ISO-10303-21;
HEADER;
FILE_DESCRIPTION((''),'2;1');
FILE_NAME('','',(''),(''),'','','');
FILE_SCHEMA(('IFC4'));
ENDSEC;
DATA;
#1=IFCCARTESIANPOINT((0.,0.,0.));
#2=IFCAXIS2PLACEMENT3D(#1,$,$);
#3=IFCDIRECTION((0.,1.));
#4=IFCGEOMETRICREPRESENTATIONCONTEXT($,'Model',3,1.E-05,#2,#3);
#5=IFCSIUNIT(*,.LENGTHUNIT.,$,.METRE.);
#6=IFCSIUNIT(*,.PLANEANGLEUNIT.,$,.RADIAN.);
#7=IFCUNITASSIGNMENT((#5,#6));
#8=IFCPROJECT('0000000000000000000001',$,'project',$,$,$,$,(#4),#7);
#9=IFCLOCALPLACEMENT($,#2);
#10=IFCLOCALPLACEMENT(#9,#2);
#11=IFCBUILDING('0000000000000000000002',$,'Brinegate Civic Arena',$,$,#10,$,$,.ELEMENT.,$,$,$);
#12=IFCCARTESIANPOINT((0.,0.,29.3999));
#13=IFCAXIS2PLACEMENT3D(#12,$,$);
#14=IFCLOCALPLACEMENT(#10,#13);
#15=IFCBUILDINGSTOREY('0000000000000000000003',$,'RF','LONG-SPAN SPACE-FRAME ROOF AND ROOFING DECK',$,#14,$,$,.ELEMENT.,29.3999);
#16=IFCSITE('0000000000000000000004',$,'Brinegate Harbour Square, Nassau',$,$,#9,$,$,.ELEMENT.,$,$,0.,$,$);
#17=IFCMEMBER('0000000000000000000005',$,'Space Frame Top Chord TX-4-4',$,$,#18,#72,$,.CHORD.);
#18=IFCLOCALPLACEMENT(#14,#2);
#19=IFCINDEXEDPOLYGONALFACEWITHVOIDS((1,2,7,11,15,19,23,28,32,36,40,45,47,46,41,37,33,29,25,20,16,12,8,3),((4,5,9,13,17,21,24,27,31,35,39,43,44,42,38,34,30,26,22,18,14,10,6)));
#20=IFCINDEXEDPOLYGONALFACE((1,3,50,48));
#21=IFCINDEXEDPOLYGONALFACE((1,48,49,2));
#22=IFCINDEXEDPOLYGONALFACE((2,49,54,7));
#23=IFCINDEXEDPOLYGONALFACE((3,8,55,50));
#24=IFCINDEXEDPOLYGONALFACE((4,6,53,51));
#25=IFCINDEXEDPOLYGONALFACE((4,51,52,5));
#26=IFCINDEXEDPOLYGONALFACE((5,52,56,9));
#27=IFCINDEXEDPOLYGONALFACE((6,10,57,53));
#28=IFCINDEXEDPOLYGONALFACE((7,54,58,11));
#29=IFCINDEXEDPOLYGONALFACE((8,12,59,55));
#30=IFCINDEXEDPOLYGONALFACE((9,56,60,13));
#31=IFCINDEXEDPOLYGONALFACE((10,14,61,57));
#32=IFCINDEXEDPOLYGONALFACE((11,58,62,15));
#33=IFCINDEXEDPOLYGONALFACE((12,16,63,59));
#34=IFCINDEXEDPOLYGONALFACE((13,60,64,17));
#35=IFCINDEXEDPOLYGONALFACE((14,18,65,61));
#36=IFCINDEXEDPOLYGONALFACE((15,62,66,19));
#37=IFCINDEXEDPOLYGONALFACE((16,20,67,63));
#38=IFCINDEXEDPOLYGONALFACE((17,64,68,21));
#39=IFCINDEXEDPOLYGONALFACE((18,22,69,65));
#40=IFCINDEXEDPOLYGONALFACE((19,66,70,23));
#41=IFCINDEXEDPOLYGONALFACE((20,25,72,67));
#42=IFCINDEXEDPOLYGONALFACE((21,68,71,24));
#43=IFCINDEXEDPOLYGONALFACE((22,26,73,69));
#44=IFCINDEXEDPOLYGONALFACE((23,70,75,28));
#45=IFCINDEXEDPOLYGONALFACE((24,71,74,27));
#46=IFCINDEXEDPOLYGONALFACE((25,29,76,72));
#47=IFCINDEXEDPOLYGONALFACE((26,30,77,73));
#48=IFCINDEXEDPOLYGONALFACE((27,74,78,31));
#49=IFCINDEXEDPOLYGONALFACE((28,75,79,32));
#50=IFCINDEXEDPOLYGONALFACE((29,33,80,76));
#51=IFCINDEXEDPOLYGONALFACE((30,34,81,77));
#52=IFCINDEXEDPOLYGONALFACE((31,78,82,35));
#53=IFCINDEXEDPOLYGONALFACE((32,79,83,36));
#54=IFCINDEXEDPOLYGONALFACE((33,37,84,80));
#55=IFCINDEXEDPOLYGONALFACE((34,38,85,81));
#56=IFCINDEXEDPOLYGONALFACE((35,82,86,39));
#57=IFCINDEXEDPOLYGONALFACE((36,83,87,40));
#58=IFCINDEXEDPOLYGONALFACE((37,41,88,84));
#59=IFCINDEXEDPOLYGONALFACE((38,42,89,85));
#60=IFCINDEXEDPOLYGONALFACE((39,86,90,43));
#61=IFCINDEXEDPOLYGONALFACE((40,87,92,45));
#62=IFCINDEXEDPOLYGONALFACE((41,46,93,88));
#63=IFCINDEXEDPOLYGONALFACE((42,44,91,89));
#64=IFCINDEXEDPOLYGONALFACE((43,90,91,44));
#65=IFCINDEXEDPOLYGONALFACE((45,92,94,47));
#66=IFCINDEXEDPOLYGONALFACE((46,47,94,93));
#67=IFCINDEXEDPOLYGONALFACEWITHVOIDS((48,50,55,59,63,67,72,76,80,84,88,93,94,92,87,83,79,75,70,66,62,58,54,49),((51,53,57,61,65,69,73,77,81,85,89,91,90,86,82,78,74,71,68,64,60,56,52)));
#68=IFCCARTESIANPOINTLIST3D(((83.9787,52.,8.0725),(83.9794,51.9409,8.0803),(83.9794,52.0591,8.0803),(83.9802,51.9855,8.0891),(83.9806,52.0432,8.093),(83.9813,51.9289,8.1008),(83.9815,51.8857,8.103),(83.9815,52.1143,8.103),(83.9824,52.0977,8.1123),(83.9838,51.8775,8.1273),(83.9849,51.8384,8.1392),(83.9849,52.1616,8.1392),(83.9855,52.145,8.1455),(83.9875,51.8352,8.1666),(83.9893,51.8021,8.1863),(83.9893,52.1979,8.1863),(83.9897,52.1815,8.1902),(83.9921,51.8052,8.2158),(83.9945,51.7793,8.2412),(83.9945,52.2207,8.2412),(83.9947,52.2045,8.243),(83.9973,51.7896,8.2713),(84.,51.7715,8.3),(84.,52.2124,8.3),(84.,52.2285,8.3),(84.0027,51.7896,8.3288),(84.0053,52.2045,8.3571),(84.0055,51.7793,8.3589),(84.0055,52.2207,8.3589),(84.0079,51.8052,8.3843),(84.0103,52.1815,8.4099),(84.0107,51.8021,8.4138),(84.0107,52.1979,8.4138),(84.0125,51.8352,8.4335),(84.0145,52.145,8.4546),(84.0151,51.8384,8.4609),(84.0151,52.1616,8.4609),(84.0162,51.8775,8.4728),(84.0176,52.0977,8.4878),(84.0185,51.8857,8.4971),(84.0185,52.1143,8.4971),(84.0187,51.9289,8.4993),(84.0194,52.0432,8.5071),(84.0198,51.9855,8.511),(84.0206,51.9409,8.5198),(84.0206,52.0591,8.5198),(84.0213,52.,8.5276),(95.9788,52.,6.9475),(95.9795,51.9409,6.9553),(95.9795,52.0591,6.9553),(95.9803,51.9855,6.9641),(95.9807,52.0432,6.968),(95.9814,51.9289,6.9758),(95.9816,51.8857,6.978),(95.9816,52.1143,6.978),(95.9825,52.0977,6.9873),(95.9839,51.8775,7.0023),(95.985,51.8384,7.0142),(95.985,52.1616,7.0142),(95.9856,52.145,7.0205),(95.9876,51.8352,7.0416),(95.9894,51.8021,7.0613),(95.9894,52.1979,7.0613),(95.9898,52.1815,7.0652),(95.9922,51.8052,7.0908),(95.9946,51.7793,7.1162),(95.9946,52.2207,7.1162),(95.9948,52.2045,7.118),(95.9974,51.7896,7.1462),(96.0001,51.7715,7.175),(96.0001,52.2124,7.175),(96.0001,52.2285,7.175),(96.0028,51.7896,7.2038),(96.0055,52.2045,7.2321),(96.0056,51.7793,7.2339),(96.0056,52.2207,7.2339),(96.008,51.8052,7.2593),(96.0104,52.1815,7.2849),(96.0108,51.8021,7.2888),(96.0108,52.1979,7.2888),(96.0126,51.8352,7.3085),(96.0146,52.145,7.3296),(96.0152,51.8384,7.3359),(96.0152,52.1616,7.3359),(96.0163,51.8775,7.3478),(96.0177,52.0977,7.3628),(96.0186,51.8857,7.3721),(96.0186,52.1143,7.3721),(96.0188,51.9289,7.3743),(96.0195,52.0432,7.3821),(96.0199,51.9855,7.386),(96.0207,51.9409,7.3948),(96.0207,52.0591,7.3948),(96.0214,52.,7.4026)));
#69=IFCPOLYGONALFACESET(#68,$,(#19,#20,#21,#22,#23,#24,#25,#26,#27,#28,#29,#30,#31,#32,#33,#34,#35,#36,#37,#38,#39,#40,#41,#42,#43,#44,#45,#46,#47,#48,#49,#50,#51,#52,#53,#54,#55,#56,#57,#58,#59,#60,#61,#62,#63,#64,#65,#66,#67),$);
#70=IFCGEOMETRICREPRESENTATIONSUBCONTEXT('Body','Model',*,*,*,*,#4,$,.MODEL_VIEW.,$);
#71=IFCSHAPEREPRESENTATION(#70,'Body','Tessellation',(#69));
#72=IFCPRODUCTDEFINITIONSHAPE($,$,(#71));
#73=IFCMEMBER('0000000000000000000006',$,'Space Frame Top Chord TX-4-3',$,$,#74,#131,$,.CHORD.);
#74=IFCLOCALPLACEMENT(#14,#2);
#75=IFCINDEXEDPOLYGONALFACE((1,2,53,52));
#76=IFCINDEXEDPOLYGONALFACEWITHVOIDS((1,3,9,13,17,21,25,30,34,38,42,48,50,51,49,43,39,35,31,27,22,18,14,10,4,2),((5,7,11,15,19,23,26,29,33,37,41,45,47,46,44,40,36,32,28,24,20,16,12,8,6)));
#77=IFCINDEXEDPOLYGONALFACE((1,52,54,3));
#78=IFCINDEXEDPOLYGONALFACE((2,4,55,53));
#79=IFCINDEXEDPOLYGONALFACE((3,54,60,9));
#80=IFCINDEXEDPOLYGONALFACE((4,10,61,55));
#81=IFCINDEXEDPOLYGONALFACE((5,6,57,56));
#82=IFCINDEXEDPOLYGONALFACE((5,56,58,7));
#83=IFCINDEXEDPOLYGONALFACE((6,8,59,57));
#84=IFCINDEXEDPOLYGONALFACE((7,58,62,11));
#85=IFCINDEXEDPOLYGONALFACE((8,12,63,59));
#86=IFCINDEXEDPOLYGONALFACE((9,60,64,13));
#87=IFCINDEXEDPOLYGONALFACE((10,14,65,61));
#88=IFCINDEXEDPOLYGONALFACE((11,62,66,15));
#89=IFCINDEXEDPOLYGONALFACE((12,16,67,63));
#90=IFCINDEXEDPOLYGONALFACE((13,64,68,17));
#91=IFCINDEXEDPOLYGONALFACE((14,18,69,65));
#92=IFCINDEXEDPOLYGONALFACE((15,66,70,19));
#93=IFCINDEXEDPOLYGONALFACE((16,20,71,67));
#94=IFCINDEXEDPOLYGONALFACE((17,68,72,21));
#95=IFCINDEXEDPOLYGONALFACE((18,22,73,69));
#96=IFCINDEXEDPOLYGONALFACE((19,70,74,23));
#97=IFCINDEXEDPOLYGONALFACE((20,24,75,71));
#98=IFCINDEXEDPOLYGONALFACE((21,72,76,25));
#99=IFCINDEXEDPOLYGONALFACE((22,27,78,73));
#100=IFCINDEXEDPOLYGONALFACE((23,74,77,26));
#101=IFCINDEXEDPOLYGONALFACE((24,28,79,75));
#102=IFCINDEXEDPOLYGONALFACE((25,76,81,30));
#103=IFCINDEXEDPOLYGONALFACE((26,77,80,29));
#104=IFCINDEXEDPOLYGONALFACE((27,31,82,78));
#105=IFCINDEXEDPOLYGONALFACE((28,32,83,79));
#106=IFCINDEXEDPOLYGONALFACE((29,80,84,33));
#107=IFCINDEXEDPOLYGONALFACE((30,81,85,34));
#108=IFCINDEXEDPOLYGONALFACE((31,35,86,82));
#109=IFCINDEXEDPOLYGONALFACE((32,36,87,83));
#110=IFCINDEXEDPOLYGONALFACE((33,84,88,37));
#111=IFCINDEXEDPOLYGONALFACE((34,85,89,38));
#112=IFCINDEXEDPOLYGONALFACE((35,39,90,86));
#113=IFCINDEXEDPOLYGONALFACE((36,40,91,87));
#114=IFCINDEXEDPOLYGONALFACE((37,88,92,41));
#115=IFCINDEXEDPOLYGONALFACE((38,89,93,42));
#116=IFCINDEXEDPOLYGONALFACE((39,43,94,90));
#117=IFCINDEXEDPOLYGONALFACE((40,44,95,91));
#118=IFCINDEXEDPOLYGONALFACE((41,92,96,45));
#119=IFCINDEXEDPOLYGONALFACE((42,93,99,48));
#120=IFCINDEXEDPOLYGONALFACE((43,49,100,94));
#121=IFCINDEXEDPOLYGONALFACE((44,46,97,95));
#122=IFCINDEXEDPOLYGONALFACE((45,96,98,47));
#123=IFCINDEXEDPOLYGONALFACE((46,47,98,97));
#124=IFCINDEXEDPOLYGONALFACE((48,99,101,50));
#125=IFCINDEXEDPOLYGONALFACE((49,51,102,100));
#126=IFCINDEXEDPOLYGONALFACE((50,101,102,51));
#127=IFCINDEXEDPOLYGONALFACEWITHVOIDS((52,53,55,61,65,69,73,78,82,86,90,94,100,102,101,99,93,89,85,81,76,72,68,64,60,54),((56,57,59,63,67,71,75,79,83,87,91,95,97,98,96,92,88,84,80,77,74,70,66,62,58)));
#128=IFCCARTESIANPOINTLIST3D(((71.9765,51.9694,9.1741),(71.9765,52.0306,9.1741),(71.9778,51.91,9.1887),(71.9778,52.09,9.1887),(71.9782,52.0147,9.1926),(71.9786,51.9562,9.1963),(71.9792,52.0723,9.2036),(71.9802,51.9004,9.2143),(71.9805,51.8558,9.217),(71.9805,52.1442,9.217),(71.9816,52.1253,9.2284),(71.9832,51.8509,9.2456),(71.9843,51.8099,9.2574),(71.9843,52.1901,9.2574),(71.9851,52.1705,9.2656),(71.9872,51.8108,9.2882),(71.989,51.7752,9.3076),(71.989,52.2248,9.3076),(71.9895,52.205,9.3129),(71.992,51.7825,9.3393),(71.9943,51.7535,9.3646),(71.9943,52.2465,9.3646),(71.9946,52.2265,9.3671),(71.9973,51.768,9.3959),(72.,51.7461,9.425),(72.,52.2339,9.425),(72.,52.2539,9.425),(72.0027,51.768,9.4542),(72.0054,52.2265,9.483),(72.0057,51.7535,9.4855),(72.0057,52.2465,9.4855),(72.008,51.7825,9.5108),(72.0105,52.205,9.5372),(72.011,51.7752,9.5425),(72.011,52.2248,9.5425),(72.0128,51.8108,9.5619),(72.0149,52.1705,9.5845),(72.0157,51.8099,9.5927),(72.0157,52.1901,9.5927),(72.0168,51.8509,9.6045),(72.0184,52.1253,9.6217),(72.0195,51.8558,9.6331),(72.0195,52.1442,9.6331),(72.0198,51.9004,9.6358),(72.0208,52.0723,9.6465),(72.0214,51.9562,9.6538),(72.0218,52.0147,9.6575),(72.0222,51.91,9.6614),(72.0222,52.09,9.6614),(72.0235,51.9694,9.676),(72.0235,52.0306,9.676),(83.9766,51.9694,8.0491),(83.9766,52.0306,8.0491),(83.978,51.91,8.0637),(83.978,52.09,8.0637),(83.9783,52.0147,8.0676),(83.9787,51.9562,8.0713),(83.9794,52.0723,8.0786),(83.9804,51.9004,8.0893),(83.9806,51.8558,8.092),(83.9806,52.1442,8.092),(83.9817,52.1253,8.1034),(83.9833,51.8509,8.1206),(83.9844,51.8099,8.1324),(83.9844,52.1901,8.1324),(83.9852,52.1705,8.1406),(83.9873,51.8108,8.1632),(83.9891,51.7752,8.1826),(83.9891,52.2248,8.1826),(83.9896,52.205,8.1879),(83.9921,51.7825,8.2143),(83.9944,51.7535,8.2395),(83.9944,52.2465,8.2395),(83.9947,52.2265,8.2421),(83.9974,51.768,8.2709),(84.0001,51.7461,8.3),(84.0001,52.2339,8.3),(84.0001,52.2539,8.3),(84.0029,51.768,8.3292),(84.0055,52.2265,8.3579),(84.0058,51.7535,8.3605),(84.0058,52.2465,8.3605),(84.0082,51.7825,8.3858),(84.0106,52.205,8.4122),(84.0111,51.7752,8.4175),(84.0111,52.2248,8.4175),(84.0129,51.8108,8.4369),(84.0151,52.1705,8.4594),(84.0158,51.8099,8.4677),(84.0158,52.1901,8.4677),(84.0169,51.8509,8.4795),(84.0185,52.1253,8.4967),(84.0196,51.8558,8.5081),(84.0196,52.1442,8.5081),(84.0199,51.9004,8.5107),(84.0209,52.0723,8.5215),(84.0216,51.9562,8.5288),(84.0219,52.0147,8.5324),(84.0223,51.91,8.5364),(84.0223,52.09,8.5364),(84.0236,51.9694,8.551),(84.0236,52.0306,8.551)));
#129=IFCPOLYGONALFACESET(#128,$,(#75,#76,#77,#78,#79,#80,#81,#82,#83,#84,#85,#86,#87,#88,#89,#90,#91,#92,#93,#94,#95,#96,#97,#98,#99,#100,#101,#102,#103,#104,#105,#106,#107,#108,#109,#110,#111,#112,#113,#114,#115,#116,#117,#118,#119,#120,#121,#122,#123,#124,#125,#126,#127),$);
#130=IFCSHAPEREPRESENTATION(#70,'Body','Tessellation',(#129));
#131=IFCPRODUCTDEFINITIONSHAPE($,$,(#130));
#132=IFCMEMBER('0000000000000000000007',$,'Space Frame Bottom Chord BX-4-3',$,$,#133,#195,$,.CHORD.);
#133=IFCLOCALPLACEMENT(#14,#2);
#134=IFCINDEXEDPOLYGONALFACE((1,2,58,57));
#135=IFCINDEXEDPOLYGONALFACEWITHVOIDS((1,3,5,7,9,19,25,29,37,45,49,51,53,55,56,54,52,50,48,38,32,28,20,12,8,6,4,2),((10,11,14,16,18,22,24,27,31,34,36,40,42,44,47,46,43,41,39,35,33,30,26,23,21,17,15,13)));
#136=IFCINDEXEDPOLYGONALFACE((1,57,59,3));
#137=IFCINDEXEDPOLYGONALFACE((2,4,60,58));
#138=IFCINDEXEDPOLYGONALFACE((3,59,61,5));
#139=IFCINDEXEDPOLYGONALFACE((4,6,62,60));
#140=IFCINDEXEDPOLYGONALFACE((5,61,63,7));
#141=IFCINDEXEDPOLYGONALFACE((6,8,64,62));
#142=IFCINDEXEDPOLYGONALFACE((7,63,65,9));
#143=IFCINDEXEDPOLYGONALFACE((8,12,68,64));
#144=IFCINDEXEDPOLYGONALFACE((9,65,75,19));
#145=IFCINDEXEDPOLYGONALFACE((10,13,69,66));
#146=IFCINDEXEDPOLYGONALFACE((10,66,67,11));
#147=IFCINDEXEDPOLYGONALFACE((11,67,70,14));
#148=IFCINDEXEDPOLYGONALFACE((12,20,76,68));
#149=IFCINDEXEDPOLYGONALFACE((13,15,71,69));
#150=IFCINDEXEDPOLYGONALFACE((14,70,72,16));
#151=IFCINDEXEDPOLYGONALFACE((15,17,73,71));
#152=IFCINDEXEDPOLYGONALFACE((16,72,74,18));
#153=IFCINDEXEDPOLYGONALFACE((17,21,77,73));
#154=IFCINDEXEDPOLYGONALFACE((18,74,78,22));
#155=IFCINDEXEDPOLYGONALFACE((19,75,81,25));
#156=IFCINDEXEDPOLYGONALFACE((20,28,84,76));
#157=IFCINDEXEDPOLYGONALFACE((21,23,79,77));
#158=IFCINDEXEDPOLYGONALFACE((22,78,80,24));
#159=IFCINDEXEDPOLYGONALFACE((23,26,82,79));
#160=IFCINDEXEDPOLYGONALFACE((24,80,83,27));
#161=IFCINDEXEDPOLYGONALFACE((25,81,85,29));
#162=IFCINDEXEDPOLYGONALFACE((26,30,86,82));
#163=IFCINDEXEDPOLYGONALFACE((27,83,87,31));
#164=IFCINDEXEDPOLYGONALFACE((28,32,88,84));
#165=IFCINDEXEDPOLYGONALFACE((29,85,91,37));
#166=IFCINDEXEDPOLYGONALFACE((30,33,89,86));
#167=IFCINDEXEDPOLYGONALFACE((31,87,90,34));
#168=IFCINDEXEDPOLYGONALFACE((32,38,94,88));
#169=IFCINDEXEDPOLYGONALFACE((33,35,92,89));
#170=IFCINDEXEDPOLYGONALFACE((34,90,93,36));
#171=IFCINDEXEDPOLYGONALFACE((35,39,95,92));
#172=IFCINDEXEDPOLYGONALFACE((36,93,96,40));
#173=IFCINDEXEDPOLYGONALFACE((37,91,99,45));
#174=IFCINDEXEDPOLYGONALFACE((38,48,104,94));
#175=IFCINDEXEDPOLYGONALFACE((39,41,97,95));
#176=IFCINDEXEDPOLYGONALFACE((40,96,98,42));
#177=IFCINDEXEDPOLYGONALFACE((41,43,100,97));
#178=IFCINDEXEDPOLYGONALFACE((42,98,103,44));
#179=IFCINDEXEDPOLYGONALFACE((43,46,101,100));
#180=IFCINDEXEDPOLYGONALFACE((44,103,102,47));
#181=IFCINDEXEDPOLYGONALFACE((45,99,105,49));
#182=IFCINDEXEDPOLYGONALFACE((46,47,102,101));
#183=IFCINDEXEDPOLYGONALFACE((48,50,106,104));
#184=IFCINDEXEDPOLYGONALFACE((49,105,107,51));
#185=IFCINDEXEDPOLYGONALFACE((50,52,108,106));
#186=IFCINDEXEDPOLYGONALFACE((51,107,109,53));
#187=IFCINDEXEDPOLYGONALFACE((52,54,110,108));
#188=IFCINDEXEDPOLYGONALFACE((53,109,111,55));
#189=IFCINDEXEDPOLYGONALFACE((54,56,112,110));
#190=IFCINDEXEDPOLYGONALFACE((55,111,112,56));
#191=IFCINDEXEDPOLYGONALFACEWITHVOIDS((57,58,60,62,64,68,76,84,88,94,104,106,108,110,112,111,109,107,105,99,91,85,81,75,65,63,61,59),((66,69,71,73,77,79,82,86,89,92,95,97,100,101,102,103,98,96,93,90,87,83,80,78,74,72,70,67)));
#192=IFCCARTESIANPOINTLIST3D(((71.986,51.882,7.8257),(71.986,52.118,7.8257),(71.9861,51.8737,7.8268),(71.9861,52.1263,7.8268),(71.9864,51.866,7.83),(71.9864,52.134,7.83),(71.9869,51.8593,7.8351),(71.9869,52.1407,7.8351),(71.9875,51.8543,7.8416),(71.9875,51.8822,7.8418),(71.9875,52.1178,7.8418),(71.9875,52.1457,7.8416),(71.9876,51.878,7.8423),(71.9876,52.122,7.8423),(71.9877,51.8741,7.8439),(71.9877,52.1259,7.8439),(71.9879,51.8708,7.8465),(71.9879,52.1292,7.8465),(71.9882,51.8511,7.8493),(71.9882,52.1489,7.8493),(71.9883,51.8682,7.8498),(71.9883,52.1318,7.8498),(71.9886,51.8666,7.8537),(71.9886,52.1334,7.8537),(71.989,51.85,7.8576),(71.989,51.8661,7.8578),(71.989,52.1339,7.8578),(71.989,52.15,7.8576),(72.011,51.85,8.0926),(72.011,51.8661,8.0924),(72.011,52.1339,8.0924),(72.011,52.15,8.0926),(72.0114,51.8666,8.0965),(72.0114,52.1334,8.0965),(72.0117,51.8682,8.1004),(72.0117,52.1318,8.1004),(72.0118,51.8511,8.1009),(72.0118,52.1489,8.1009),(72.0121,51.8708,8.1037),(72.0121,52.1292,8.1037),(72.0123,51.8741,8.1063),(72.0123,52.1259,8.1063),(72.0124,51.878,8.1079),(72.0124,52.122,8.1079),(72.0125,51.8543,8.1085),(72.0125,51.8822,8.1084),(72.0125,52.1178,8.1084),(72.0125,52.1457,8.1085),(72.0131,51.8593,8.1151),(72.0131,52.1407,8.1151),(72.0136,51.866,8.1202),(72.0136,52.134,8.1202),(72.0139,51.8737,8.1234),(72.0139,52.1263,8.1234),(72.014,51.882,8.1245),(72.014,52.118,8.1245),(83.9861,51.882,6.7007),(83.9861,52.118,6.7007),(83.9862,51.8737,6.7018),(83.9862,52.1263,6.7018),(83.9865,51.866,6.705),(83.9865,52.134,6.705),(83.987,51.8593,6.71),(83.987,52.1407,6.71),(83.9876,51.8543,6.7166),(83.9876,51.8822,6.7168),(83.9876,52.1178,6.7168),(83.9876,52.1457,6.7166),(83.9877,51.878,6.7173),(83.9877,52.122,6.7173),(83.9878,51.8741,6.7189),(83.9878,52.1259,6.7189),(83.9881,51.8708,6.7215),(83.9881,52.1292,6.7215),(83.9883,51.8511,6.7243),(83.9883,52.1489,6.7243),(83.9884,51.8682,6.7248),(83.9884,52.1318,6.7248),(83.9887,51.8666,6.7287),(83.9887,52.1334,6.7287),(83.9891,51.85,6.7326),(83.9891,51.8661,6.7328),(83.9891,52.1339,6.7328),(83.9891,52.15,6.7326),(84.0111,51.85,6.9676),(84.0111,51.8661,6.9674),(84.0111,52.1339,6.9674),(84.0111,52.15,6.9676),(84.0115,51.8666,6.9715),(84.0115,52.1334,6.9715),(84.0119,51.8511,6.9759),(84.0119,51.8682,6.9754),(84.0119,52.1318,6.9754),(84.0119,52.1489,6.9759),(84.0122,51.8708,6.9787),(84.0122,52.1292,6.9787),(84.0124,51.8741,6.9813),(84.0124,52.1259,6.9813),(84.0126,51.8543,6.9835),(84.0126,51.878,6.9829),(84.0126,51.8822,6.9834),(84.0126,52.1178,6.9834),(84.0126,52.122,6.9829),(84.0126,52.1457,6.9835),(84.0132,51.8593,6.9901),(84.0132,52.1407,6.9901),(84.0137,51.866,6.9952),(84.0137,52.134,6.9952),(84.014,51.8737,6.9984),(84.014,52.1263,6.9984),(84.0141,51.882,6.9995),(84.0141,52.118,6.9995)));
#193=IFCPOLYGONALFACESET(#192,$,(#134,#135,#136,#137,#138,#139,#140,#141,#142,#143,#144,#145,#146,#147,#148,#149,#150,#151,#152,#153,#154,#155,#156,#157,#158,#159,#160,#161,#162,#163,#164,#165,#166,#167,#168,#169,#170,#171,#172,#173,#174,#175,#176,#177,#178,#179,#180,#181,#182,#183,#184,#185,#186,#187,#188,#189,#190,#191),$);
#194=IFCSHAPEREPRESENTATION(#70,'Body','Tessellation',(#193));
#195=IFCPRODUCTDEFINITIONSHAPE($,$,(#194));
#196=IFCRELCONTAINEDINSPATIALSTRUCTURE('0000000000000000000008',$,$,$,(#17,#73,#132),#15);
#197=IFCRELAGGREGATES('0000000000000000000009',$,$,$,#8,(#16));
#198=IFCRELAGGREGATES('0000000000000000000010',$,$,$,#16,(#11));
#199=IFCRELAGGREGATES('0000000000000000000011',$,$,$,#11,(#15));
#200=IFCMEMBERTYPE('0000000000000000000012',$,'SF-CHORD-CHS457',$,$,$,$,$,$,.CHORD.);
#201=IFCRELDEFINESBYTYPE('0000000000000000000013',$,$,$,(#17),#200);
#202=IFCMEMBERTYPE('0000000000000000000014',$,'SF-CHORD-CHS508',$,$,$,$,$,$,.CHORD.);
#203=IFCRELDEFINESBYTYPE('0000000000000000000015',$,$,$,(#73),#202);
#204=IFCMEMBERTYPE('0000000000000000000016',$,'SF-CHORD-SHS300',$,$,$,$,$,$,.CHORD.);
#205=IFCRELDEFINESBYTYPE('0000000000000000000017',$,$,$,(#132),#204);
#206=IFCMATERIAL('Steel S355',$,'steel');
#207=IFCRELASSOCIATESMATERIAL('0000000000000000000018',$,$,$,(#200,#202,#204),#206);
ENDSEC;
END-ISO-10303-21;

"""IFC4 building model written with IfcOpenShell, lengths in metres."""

from ifc_helpers import new_model, si_unit, direction, frame, origin, origin_2d, place, context, subcontext, project, spatial, hollow_rectangle, hollow_circle, extrude, material, material_profile, profile_set, type_object, element, save


model = new_model("IFC4")

# Units and contexts
model_context = context("Model", 3, precision=1e-05, world=origin(), true_north=direction((0.0, 1.0)))
body_context = subcontext(model_context, "Body", "Model", "MODEL_VIEW")
ifc_project = project(units=[si_unit("LENGTHUNIT", "METRE"), si_unit("PLANEANGLEUNIT", "RADIAN")], contexts=[model_context])

# Site, building, storey
site_placement = place(None, origin())
site = spatial("IfcSite", under=ifc_project, at=site_placement, Name="Brinegate Harbour Square, Nassau", CompositionType="ELEMENT", RefElevation=0.0)
building_placement = place(site_placement, origin())
building = spatial("IfcBuilding", under=site, at=building_placement, Name="Brinegate Civic Arena", CompositionType="ELEMENT")
storey_placement = place(building_placement, frame((0.0, 0.0, 29.3999)))
storey = spatial("IfcBuildingStorey", under=building, at=storey_placement, Name="RF", Description="LONG-SPAN SPACE-FRAME ROOF AND ROOFING DECK", CompositionType="ELEMENT", Elevation=29.3999)

# Members
ifc_material = material(Name="Steel S355", Category="steel")
ifc_material_profile_1 = material_profile(ifc_material, hollow_circle(Radius=0.2285, WallThickness=0.0161, at=origin_2d()), Name="CHS457X16")
ifc_profile_set_1 = profile_set([ifc_material_profile_1], Name="Steel S355")
member_type_1 = type_object("IfcMemberType", Name="SF-CHORD-CHS457", PredefinedType="CHORD", material=ifc_profile_set_1)
for number, where, z_axis, x_axis, name in (
    (1, (84.0, 52.0, 8.3), (0.995634, 0.0, -0.093341), (0.0, 1.0, 0.0), "Space Frame Top Chord TX-4-4"),
):
    element("IfcMember", number, at=place(storey_placement, frame(where, z_axis=z_axis, x_axis=x_axis)), inside=storey, type_object=member_type_1, Name=name, PredefinedType="CHORD", context=body_context, shape_type="SweptSolid", body=[
        extrude(hollow_circle(Radius=0.2285, WallThickness=0.0161, at=origin_2d()), origin(), (0.0, 0.0, 1.0), 12.0527),
    ])
ifc_material_profile_2 = material_profile(ifc_material, hollow_circle(Radius=0.2539, WallThickness=0.02, at=origin_2d()), Name="CHS508X20")
ifc_profile_set_2 = profile_set([ifc_material_profile_2], Name="Steel S355")
member_type_2 = type_object("IfcMemberType", Name="SF-CHORD-CHS508", PredefinedType="CHORD", material=ifc_profile_set_2)
member_1_placement = place(storey_placement, frame((72.0, 52.0, 9.425), z_axis=(0.995634, 0.0, -0.093341), x_axis=(0.0, 1.0, 0.0)))
element("IfcMember", 2, at=member_1_placement, inside=storey, type_object=member_type_2, Name="Space Frame Top Chord TX-4-3", PredefinedType="CHORD", context=body_context, shape_type="SweptSolid", body=[
    extrude(hollow_circle(Radius=0.2539, WallThickness=0.02, at=origin_2d()), origin(), (0.0, 0.0, 1.0), 12.0527),
])
ifc_material_profile_3 = material_profile(ifc_material, hollow_rectangle(XDim=0.3, YDim=0.3, WallThickness=0.0161, InnerFilletRadius=0.0161, OuterFilletRadius=0.032, at=origin_2d()), Name="SHS300X16")
ifc_profile_set_3 = profile_set([ifc_material_profile_3], Name="Steel S355")
member_type_3 = type_object("IfcMemberType", Name="SF-CHORD-SHS300", PredefinedType="CHORD", material=ifc_profile_set_3)
member_2_placement = place(storey_placement, frame((72.0, 52.0, 7.9751), z_axis=(0.995634, 0.0, -0.093341), x_axis=(0.0, 1.0, 0.0)))
element("IfcMember", 3, at=member_2_placement, inside=storey, type_object=member_type_3, Name="Space Frame Bottom Chord BX-4-3", PredefinedType="CHORD", context=body_context, shape_type="SweptSolid", body=[
    extrude(hollow_rectangle(XDim=0.3, YDim=0.3, WallThickness=0.0161, InnerFilletRadius=0.0161, OuterFilletRadius=0.032, at=origin_2d()), origin(), (0.0, 0.0, 1.0), 12.0527),
])

save(model, "model.ifc")
